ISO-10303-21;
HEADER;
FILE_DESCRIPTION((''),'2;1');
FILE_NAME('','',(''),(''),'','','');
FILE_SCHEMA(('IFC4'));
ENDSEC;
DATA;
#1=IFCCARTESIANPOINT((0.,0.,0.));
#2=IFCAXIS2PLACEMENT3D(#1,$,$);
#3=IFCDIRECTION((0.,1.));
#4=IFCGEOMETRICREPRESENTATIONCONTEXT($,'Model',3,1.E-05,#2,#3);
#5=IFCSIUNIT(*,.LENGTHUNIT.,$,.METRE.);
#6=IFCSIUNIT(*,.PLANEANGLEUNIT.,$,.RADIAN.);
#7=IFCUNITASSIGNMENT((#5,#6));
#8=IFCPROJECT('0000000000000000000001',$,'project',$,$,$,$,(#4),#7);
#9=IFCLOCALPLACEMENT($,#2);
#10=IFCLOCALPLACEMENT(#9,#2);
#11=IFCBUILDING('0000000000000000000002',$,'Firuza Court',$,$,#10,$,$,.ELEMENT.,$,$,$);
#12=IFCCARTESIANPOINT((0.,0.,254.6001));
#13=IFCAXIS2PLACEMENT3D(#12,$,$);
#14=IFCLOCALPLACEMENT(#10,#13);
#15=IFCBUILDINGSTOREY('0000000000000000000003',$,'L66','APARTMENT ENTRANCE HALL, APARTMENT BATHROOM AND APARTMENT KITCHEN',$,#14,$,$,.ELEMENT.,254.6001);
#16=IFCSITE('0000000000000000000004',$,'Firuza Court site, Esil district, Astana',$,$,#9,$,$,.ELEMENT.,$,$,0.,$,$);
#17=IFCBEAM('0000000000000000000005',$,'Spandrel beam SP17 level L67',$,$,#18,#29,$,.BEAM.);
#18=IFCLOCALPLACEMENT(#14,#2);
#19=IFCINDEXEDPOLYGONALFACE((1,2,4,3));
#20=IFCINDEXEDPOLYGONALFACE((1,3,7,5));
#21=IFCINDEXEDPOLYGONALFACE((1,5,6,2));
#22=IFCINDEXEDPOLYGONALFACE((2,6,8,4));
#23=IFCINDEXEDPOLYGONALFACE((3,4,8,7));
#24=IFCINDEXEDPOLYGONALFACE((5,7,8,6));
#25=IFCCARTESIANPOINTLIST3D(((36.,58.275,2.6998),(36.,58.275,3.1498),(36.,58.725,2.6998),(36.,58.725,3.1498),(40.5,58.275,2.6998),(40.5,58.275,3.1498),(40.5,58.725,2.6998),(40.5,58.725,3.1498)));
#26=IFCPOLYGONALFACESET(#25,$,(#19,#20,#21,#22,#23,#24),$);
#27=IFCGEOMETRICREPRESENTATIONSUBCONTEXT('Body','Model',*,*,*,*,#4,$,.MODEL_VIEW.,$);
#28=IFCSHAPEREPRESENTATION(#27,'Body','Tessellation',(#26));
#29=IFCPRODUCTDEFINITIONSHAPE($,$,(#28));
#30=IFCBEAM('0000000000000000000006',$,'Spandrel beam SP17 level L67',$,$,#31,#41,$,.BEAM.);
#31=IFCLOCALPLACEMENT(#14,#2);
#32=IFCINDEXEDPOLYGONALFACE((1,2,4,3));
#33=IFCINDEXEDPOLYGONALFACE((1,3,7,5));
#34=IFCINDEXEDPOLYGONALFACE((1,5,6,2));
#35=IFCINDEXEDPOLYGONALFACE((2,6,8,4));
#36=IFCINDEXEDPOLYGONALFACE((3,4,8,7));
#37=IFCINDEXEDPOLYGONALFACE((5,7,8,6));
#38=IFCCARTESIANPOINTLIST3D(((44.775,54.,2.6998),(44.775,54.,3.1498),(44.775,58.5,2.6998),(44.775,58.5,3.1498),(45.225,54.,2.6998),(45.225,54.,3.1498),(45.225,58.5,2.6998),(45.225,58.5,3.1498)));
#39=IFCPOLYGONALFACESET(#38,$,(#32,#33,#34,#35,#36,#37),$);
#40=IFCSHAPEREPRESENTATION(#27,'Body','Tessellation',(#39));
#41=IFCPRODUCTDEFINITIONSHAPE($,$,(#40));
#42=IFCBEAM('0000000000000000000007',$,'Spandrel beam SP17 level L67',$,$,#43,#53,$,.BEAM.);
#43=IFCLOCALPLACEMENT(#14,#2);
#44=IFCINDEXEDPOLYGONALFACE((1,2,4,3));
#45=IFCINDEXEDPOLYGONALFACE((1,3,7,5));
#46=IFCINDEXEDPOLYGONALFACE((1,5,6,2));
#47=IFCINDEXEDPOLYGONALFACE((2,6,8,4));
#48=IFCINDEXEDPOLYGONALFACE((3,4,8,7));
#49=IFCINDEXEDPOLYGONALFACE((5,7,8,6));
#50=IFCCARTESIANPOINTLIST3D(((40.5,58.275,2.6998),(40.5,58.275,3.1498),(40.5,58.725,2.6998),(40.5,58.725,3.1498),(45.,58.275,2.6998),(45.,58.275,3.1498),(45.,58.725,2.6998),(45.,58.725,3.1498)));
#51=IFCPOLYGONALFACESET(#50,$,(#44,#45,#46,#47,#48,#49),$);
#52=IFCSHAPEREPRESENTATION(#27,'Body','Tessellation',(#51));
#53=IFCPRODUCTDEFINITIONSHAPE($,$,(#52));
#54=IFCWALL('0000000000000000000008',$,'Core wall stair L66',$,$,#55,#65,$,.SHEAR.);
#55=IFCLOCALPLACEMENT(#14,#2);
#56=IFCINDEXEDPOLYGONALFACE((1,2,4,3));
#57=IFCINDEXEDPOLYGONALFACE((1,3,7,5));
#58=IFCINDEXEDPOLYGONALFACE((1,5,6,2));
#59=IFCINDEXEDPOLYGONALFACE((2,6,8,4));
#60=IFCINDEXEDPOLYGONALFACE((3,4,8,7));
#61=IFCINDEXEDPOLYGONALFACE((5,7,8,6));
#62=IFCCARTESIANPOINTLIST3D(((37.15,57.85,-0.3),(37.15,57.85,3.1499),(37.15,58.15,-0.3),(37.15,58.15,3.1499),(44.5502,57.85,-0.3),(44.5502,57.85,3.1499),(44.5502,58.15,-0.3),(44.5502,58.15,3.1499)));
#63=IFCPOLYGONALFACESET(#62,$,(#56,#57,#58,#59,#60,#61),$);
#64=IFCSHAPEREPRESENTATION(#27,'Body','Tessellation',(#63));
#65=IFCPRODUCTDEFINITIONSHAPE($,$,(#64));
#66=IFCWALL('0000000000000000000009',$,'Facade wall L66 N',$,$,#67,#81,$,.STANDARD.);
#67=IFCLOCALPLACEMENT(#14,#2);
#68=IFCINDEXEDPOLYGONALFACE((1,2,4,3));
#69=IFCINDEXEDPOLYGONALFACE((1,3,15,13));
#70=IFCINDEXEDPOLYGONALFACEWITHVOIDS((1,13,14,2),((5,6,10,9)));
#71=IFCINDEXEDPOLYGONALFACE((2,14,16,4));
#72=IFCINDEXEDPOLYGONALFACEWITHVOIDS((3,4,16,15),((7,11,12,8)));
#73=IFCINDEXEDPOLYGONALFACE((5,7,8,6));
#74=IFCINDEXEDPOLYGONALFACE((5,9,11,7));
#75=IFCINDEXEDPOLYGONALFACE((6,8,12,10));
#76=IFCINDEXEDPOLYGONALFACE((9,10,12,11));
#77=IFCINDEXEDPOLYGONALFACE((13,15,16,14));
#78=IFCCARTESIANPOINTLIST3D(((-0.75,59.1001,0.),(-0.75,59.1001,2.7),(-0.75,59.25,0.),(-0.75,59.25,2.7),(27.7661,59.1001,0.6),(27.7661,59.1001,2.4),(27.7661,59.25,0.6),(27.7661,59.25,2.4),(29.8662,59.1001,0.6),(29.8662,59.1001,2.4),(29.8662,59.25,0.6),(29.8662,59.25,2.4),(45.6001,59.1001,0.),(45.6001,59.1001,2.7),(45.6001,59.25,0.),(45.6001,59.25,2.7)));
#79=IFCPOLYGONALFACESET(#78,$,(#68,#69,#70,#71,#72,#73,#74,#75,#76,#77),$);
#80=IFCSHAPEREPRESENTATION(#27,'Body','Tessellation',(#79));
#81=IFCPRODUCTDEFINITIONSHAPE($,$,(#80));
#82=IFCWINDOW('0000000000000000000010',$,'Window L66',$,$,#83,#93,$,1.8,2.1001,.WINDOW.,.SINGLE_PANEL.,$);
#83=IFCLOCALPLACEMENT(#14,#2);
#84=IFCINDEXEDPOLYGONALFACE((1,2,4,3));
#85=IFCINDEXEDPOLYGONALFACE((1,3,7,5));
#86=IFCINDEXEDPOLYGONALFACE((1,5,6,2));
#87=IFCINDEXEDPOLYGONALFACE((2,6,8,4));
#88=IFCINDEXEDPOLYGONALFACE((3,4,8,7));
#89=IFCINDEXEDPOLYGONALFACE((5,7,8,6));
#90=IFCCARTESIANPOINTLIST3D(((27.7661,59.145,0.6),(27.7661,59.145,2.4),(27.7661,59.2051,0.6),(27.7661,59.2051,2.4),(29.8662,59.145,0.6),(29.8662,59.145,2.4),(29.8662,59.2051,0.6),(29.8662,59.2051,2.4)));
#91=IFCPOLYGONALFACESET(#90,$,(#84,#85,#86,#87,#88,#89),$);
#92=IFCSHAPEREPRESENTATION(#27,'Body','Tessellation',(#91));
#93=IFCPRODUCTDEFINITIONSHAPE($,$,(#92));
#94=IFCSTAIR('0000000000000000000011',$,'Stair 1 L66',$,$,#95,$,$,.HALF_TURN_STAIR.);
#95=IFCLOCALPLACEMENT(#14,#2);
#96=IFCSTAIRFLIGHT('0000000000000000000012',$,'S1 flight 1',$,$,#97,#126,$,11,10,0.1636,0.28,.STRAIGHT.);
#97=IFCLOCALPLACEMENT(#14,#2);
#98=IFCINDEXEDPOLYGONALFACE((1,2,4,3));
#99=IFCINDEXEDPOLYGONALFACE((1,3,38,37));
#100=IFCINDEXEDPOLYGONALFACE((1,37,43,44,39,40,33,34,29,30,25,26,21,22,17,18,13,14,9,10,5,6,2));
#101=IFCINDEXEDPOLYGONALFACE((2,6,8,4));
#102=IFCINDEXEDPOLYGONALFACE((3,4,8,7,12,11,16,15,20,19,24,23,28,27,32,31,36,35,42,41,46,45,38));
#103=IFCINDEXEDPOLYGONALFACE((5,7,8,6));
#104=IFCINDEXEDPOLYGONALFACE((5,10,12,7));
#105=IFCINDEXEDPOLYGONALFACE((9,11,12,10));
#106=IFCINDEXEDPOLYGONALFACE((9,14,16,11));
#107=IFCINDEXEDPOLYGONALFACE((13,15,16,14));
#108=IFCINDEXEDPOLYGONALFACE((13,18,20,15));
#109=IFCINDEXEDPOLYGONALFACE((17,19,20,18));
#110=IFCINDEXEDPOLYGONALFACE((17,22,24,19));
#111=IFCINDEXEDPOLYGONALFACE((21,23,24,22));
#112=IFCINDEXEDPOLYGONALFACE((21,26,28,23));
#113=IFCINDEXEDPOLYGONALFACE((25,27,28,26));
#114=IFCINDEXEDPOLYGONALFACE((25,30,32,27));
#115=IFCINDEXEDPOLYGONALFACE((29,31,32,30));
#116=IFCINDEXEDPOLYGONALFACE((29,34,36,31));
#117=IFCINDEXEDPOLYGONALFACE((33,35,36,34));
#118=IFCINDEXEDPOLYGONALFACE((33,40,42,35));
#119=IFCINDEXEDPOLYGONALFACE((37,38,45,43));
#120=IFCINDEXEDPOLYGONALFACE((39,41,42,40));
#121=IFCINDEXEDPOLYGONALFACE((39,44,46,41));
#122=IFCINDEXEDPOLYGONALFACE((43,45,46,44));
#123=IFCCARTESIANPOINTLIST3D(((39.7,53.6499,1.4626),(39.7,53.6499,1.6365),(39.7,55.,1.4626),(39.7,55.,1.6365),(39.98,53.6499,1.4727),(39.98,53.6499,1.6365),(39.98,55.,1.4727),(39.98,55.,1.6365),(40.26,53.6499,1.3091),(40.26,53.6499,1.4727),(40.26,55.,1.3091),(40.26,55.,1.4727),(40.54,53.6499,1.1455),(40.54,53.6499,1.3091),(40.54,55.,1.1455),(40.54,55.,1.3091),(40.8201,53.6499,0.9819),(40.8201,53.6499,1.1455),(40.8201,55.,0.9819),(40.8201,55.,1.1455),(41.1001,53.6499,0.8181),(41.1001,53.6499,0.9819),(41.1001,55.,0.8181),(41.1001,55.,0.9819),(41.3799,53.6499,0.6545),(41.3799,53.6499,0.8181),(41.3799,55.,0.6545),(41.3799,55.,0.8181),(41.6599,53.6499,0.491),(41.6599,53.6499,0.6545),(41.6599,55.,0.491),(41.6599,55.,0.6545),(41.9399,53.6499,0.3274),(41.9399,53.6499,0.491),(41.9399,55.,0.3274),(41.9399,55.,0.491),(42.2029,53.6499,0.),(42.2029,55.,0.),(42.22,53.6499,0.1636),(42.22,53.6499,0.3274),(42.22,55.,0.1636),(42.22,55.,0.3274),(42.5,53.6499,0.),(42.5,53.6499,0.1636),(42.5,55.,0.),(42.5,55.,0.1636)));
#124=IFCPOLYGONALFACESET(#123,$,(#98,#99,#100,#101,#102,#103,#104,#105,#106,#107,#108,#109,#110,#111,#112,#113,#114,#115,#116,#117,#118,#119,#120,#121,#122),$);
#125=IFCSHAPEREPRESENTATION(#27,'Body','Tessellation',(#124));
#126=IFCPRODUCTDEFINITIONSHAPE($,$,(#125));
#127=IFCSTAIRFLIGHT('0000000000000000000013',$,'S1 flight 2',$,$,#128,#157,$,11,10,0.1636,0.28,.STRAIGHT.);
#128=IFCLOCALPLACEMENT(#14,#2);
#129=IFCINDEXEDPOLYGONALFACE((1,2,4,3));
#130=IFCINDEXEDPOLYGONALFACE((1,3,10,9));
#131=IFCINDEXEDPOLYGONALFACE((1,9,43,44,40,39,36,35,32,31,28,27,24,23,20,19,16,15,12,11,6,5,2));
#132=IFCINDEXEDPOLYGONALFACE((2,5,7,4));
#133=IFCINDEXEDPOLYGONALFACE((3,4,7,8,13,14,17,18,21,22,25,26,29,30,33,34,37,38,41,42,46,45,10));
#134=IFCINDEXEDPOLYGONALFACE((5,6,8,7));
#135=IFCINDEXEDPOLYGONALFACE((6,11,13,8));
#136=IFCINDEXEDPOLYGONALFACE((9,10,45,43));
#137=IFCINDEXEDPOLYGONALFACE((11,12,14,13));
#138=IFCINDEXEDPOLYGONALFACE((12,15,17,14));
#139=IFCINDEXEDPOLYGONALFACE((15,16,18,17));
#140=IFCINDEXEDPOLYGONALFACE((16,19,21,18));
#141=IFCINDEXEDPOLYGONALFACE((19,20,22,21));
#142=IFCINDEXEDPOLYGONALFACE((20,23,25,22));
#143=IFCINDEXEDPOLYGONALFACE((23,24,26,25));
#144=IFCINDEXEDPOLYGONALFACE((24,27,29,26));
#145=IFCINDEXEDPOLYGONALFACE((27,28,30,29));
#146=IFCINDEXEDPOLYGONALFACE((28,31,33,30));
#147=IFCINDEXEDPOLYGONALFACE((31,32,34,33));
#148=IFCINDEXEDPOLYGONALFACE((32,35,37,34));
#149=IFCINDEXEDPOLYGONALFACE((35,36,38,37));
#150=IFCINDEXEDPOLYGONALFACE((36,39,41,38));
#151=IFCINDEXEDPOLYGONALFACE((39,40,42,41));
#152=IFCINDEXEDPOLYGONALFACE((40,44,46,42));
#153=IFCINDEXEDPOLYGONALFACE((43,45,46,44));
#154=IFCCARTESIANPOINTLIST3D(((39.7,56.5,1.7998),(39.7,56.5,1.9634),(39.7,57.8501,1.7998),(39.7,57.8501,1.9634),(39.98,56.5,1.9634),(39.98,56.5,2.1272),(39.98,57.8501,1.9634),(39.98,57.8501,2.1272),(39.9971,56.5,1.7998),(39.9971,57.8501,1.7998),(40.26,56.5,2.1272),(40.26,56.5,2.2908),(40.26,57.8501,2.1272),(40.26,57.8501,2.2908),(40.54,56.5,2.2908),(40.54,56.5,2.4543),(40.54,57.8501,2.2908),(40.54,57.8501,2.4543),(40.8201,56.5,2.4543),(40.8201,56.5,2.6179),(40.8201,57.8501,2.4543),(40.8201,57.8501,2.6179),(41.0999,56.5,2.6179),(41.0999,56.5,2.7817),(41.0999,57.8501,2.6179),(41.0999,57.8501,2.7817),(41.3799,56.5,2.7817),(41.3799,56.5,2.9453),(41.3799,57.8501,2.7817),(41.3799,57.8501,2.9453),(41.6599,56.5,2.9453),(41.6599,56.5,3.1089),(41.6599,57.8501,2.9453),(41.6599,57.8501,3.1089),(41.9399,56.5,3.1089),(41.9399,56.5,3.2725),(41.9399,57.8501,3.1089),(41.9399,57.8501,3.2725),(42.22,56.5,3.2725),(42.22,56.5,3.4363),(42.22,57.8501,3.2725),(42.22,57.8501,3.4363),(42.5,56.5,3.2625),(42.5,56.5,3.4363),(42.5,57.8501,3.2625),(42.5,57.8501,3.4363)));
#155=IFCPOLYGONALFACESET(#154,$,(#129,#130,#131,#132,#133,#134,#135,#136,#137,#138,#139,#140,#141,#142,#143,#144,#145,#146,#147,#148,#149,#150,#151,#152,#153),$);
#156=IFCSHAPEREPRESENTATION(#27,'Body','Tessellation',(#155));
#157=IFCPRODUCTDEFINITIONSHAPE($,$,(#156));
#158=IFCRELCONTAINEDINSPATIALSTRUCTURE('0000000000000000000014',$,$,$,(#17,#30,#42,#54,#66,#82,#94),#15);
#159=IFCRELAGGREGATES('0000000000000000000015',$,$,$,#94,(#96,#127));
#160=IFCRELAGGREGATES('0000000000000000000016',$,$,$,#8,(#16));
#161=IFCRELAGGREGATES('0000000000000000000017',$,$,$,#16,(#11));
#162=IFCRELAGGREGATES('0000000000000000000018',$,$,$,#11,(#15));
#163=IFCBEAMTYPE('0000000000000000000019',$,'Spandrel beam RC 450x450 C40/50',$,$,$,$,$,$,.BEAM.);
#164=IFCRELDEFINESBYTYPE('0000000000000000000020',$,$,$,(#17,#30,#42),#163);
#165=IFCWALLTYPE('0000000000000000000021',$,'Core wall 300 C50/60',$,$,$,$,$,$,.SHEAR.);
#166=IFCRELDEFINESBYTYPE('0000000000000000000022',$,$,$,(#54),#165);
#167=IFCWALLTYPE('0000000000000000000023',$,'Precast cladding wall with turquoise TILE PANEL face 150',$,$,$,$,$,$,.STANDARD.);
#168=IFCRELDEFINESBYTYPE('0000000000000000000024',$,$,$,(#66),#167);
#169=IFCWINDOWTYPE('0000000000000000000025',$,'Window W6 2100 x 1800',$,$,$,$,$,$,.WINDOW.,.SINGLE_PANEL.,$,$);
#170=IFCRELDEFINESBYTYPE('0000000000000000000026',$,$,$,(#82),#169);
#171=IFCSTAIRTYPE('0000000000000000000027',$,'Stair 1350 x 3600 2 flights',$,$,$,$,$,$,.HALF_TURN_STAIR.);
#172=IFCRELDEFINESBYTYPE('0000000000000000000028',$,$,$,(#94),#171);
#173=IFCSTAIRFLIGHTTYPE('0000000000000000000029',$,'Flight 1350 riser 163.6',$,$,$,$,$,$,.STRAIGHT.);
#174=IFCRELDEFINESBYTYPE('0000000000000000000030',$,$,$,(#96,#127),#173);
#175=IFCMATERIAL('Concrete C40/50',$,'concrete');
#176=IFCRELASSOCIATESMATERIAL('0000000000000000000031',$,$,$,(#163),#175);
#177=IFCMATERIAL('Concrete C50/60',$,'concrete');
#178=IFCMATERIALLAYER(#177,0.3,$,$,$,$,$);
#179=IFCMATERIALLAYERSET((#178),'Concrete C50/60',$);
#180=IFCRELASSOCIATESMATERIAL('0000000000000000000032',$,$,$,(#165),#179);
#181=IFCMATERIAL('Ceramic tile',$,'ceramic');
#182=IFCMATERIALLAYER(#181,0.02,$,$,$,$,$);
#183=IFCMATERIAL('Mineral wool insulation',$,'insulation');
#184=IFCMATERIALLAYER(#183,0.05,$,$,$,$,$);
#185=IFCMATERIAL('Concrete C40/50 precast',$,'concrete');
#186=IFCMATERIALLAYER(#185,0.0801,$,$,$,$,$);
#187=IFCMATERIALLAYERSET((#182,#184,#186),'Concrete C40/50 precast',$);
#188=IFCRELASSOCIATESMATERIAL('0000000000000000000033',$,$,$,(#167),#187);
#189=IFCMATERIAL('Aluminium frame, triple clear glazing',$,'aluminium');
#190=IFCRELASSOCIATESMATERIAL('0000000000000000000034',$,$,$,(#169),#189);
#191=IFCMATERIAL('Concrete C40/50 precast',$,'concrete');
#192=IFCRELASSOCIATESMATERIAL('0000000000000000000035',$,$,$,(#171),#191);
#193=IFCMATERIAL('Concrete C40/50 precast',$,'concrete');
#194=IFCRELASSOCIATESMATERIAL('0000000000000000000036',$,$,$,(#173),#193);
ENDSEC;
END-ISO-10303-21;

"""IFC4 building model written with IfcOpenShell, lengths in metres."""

from ifc_helpers import new_model, si_unit, direction, frame, frame_2d, origin, origin_2d, place, context, subcontext, project, spatial, polyline, rectangle, outline, extrude, material, layer, layer_set, material_profile, profile_set, type_object, element, fill, aggregate, save


model = new_model("IFC4")

# Units and contexts
model_context = context("Model", 3, precision=1e-05, world=origin(), true_north=direction((0.0, 1.0)))
body_context = subcontext(model_context, "Body", "Model", "MODEL_VIEW")
ifc_project = project(units=[si_unit("LENGTHUNIT", "METRE"), si_unit("PLANEANGLEUNIT", "RADIAN")], contexts=[model_context])

# Site, building, storey
site_placement = place(None, origin())
site = spatial("IfcSite", under=ifc_project, at=site_placement, Name="Firuza Court site, Esil district, Astana", CompositionType="ELEMENT", RefElevation=0.0)
building_placement = place(site_placement, origin())
building = spatial("IfcBuilding", under=site, at=building_placement, Name="Firuza Court", CompositionType="ELEMENT")
storey_placement = place(building_placement, frame((0.0, 0.0, 254.6001)))
storey = spatial("IfcBuildingStorey", under=building, at=storey_placement, Name="L66", Description="APARTMENT ENTRANCE HALL, APARTMENT BATHROOM AND APARTMENT KITCHEN", CompositionType="ELEMENT", Elevation=254.6001)

# Beams
ifc_material_1 = material(Name="Concrete C40/50", Category="concrete")
ifc_material_profile_1 = material_profile(ifc_material_1, rectangle(XDim=0.45, YDim=0.45, at=origin_2d()), Name="RC 450x450")
ifc_profile_set_1 = profile_set([ifc_material_profile_1], Name="Concrete C40/50")
beam_type = type_object("IfcBeamType", Name="Spandrel beam RC 450x450 C40/50", PredefinedType="BEAM", material=ifc_profile_set_1)
for number, where, z_axis, x_axis, name in (
    (1, (40.5, 58.5, 2.9248), (-1.0, 0.0, 0.0), (0.0, -1.0, 0.0), "Spandrel beam SP17 level L67"),
    (2, (45.0, 54.0, 2.9248), (0.0, 1.0, 0.0), (-1.0, 0.0, 0.0), "Spandrel beam SP17 level L67"),
    (3, (45.0, 58.5, 2.9248), (-1.0, 0.0, 0.0), (0.0, -1.0, 0.0), "Spandrel beam SP17 level L67"),
):
    element("IfcBeam", number, at=place(storey_placement, frame(where, z_axis=z_axis, x_axis=x_axis)), inside=storey, type_object=beam_type, Name=name, PredefinedType="BEAM", context=body_context, shape_type="SweptSolid", body=[
        extrude(rectangle(XDim=0.45, YDim=0.45, at=origin_2d()), origin(), (0.0, 0.0, 1.0), 4.5),
    ])

# Wall
ifc_material_2 = material(Name="Concrete C50/60", Category="concrete")
ifc_layer_1 = layer(ifc_material_2, 0.3)
ifc_layer_set_1 = layer_set([ifc_layer_1], Name="Concrete C50/60")
wall_type_1 = type_object("IfcWallType", Name="Core wall 300 C50/60", PredefinedType="SHEAR", material=ifc_layer_set_1)
wall_1_placement = place(storey_placement, frame((37.1499, 58.0, -0.3), z_axis=(0.0, 0.0, 1.0), x_axis=(1.0, 0.0, 0.0)))
element("IfcWall", 4, at=wall_1_placement, inside=storey, type_object=wall_type_1, Name="Core wall stair L66", PredefinedType="SHEAR", context=body_context, shape_type="SweptSolid", body=[
    extrude(rectangle(XDim=7.4001, YDim=0.3, at=frame_2d((3.7002, 0.0))), origin(), (0.0, 0.0, 1.0), 3.45),
])

# Wall, opening, window
ifc_material_3 = material(Name="Ceramic tile", Category="ceramic")
ifc_layer_2 = layer(ifc_material_3, 0.02)
ifc_material_4 = material(Name="Mineral wool insulation", Category="insulation")
ifc_layer_3 = layer(ifc_material_4, 0.05)
ifc_material_5 = material(Name="Concrete C40/50 precast", Category="concrete")
ifc_layer_4 = layer(ifc_material_5, 0.0801)
ifc_layer_set_2 = layer_set([ifc_layer_2, ifc_layer_3, ifc_layer_4], Name="Concrete C40/50 precast")
wall_type_2 = type_object("IfcWallType", Name="Precast cladding wall with turquoise TILE PANEL face 150", PredefinedType="STANDARD", material=ifc_layer_set_2)
wall_2_placement = place(storey_placement, frame((45.6001, 59.175, 0.0), z_axis=(0.0, 0.0, 1.0), x_axis=(-1.0, 0.0, 0.0)))
wall_2 = element("IfcWall", 5, at=wall_2_placement, inside=storey, type_object=wall_type_2, Name="Facade wall L66 N", PredefinedType="STANDARD", context=body_context, shape_type="SweptSolid", body=[
    extrude(rectangle(XDim=46.3501, YDim=0.1499, at=frame_2d((23.175, 0.0))), origin(), (0.0, 0.0, 1.0), 2.7),
])
opening_placement = place(wall_2_placement, frame((15.7339, 0.0, 0.6001)))
opening = element("IfcOpeningElement", 6, at=opening_placement, cuts=wall_2, PredefinedType="OPENING", context=body_context, shape_type="SweptSolid", body=[
    extrude(rectangle(XDim=2.1001, YDim=1.8, at=frame_2d((1.05, 0.8999))), frame((0.0, 0.0869, 0.0), z_axis=(0.0, -1.0, 0.0), x_axis=(1.0, 0.0, 0.0)), (0.0, 0.0, 1.0), 0.1738),
])
ifc_material_6 = material(Name="Aluminium frame, triple clear glazing", Category="aluminium")
window_type = type_object("IfcWindowType", Name="Window W6 2100 x 1800", PartitioningType="SINGLE_PANEL", PredefinedType="WINDOW", material=ifc_material_6)
window_placement = place(opening_placement, origin())
window = element("IfcWindow", 7, at=window_placement, inside=storey, type_object=window_type, Name="Window L66", OverallHeight=1.8, OverallWidth=2.1001, PartitioningType="SINGLE_PANEL", PredefinedType="WINDOW", context=body_context, shape_type="SweptSolid", body=[
    extrude(rectangle(XDim=2.1001, YDim=1.8, at=frame_2d((1.05, 0.8999))), frame((0.0, 0.03, 0.0), z_axis=(0.0, -1.0, 0.0), x_axis=(1.0, 0.0, 0.0)), (0.0, 0.0, 1.0), 0.0601),
])
fill(opening, window)

# Stair, stair flights
ifc_material_7 = material(Name="Concrete C40/50 precast", Category="concrete")
stair_type = type_object("IfcStairType", Name="Stair 1350 x 3600 2 flights", PredefinedType="HALF_TURN_STAIR", material=ifc_material_7)
stair_placement = place(storey_placement, origin())
stair = element("IfcStair", 8, at=stair_placement, inside=storey, type_object=stair_type, Name="Stair 1 L66", PredefinedType="HALF_TURN_STAIR")
ifc_material_8 = material(Name="Concrete C40/50 precast", Category="concrete")
stair_flight_type = type_object("IfcStairFlightType", Name="Flight 1350 riser 163.6", PredefinedType="STRAIGHT", material=ifc_material_8)
stair_flight_1_placement = place(storey_placement, frame((42.5, 54.325, 0.0), z_axis=(0.0, 0.0, 1.0), x_axis=(-1.0, 0.0, 0.0)))
stair_flight_1 = element("IfcStairFlight", 9, at=stair_flight_1_placement, type_object=stair_flight_type, Name="S1 flight 1", NumberOfRisers=11, NumberOfTreads=10, PredefinedType="STRAIGHT", RiserHeight=0.1636, TreadLength=0.28, context=body_context, shape_type="SweptSolid", body=[
    extrude(outline(polyline([(0.0, 0.0), (0.0, 0.1636), (0.28, 0.1636), (0.28, 0.3274), (0.5601, 0.3274), (0.5601, 0.491), (0.8401, 0.491), (0.8401, 0.6545), (1.1201, 0.6545), (1.1201, 0.8181), (1.3999, 0.8181), (1.3999, 0.9819), (1.6799, 0.9819), (1.6799, 1.1455), (1.96, 1.1455), (1.96, 1.3091), (2.24, 1.3091), (2.24, 1.4727), (2.52, 1.4727), (2.52, 1.6365), (2.8, 1.6365), (2.8, 1.8), (2.8, 1.4626), (0.2971, 0.0), (0.0, 0.0)])), frame((0.0, 0.675, 0.0), z_axis=(0.0, -1.0, 0.0), x_axis=(1.0, 0.0, 0.0)), (0.0, 0.0, 1.0), 1.3501),
])
stair_flight_2_placement = place(storey_placement, frame((39.7, 57.175, 1.7998), z_axis=(0.0, 0.0, 1.0), x_axis=(1.0, 0.0, 0.0)))
stair_flight_2 = element("IfcStairFlight", 10, at=stair_flight_2_placement, type_object=stair_flight_type, Name="S1 flight 2", NumberOfRisers=11, NumberOfTreads=10, PredefinedType="STRAIGHT", RiserHeight=0.1636, TreadLength=0.28, context=body_context, shape_type="SweptSolid", body=[
    extrude(outline(polyline([(0.0, 0.0), (0.0, 0.1636), (0.28, 0.1636), (0.28, 0.3274), (0.5601, 0.3274), (0.5601, 0.491), (0.8401, 0.491), (0.8401, 0.6545), (1.1201, 0.6545), (1.1201, 0.8181), (1.3999, 0.8181), (1.3999, 0.9819), (1.6799, 0.9819), (1.6799, 1.1455), (1.96, 1.1455), (1.96, 1.3091), (2.24, 1.3091), (2.24, 1.4727), (2.52, 1.4727), (2.52, 1.6365), (2.8, 1.6365), (2.8, 1.8), (2.8, 1.4626), (0.2971, 0.0), (0.0, 0.0)])), frame((0.0, 0.675, 0.0), z_axis=(0.0, -1.0, 0.0), x_axis=(1.0, 0.0, 0.0)), (0.0, 0.0, 1.0), 1.3501),
])
aggregate(stair, [stair_flight_1, stair_flight_2])

save(model, "model.ifc")
